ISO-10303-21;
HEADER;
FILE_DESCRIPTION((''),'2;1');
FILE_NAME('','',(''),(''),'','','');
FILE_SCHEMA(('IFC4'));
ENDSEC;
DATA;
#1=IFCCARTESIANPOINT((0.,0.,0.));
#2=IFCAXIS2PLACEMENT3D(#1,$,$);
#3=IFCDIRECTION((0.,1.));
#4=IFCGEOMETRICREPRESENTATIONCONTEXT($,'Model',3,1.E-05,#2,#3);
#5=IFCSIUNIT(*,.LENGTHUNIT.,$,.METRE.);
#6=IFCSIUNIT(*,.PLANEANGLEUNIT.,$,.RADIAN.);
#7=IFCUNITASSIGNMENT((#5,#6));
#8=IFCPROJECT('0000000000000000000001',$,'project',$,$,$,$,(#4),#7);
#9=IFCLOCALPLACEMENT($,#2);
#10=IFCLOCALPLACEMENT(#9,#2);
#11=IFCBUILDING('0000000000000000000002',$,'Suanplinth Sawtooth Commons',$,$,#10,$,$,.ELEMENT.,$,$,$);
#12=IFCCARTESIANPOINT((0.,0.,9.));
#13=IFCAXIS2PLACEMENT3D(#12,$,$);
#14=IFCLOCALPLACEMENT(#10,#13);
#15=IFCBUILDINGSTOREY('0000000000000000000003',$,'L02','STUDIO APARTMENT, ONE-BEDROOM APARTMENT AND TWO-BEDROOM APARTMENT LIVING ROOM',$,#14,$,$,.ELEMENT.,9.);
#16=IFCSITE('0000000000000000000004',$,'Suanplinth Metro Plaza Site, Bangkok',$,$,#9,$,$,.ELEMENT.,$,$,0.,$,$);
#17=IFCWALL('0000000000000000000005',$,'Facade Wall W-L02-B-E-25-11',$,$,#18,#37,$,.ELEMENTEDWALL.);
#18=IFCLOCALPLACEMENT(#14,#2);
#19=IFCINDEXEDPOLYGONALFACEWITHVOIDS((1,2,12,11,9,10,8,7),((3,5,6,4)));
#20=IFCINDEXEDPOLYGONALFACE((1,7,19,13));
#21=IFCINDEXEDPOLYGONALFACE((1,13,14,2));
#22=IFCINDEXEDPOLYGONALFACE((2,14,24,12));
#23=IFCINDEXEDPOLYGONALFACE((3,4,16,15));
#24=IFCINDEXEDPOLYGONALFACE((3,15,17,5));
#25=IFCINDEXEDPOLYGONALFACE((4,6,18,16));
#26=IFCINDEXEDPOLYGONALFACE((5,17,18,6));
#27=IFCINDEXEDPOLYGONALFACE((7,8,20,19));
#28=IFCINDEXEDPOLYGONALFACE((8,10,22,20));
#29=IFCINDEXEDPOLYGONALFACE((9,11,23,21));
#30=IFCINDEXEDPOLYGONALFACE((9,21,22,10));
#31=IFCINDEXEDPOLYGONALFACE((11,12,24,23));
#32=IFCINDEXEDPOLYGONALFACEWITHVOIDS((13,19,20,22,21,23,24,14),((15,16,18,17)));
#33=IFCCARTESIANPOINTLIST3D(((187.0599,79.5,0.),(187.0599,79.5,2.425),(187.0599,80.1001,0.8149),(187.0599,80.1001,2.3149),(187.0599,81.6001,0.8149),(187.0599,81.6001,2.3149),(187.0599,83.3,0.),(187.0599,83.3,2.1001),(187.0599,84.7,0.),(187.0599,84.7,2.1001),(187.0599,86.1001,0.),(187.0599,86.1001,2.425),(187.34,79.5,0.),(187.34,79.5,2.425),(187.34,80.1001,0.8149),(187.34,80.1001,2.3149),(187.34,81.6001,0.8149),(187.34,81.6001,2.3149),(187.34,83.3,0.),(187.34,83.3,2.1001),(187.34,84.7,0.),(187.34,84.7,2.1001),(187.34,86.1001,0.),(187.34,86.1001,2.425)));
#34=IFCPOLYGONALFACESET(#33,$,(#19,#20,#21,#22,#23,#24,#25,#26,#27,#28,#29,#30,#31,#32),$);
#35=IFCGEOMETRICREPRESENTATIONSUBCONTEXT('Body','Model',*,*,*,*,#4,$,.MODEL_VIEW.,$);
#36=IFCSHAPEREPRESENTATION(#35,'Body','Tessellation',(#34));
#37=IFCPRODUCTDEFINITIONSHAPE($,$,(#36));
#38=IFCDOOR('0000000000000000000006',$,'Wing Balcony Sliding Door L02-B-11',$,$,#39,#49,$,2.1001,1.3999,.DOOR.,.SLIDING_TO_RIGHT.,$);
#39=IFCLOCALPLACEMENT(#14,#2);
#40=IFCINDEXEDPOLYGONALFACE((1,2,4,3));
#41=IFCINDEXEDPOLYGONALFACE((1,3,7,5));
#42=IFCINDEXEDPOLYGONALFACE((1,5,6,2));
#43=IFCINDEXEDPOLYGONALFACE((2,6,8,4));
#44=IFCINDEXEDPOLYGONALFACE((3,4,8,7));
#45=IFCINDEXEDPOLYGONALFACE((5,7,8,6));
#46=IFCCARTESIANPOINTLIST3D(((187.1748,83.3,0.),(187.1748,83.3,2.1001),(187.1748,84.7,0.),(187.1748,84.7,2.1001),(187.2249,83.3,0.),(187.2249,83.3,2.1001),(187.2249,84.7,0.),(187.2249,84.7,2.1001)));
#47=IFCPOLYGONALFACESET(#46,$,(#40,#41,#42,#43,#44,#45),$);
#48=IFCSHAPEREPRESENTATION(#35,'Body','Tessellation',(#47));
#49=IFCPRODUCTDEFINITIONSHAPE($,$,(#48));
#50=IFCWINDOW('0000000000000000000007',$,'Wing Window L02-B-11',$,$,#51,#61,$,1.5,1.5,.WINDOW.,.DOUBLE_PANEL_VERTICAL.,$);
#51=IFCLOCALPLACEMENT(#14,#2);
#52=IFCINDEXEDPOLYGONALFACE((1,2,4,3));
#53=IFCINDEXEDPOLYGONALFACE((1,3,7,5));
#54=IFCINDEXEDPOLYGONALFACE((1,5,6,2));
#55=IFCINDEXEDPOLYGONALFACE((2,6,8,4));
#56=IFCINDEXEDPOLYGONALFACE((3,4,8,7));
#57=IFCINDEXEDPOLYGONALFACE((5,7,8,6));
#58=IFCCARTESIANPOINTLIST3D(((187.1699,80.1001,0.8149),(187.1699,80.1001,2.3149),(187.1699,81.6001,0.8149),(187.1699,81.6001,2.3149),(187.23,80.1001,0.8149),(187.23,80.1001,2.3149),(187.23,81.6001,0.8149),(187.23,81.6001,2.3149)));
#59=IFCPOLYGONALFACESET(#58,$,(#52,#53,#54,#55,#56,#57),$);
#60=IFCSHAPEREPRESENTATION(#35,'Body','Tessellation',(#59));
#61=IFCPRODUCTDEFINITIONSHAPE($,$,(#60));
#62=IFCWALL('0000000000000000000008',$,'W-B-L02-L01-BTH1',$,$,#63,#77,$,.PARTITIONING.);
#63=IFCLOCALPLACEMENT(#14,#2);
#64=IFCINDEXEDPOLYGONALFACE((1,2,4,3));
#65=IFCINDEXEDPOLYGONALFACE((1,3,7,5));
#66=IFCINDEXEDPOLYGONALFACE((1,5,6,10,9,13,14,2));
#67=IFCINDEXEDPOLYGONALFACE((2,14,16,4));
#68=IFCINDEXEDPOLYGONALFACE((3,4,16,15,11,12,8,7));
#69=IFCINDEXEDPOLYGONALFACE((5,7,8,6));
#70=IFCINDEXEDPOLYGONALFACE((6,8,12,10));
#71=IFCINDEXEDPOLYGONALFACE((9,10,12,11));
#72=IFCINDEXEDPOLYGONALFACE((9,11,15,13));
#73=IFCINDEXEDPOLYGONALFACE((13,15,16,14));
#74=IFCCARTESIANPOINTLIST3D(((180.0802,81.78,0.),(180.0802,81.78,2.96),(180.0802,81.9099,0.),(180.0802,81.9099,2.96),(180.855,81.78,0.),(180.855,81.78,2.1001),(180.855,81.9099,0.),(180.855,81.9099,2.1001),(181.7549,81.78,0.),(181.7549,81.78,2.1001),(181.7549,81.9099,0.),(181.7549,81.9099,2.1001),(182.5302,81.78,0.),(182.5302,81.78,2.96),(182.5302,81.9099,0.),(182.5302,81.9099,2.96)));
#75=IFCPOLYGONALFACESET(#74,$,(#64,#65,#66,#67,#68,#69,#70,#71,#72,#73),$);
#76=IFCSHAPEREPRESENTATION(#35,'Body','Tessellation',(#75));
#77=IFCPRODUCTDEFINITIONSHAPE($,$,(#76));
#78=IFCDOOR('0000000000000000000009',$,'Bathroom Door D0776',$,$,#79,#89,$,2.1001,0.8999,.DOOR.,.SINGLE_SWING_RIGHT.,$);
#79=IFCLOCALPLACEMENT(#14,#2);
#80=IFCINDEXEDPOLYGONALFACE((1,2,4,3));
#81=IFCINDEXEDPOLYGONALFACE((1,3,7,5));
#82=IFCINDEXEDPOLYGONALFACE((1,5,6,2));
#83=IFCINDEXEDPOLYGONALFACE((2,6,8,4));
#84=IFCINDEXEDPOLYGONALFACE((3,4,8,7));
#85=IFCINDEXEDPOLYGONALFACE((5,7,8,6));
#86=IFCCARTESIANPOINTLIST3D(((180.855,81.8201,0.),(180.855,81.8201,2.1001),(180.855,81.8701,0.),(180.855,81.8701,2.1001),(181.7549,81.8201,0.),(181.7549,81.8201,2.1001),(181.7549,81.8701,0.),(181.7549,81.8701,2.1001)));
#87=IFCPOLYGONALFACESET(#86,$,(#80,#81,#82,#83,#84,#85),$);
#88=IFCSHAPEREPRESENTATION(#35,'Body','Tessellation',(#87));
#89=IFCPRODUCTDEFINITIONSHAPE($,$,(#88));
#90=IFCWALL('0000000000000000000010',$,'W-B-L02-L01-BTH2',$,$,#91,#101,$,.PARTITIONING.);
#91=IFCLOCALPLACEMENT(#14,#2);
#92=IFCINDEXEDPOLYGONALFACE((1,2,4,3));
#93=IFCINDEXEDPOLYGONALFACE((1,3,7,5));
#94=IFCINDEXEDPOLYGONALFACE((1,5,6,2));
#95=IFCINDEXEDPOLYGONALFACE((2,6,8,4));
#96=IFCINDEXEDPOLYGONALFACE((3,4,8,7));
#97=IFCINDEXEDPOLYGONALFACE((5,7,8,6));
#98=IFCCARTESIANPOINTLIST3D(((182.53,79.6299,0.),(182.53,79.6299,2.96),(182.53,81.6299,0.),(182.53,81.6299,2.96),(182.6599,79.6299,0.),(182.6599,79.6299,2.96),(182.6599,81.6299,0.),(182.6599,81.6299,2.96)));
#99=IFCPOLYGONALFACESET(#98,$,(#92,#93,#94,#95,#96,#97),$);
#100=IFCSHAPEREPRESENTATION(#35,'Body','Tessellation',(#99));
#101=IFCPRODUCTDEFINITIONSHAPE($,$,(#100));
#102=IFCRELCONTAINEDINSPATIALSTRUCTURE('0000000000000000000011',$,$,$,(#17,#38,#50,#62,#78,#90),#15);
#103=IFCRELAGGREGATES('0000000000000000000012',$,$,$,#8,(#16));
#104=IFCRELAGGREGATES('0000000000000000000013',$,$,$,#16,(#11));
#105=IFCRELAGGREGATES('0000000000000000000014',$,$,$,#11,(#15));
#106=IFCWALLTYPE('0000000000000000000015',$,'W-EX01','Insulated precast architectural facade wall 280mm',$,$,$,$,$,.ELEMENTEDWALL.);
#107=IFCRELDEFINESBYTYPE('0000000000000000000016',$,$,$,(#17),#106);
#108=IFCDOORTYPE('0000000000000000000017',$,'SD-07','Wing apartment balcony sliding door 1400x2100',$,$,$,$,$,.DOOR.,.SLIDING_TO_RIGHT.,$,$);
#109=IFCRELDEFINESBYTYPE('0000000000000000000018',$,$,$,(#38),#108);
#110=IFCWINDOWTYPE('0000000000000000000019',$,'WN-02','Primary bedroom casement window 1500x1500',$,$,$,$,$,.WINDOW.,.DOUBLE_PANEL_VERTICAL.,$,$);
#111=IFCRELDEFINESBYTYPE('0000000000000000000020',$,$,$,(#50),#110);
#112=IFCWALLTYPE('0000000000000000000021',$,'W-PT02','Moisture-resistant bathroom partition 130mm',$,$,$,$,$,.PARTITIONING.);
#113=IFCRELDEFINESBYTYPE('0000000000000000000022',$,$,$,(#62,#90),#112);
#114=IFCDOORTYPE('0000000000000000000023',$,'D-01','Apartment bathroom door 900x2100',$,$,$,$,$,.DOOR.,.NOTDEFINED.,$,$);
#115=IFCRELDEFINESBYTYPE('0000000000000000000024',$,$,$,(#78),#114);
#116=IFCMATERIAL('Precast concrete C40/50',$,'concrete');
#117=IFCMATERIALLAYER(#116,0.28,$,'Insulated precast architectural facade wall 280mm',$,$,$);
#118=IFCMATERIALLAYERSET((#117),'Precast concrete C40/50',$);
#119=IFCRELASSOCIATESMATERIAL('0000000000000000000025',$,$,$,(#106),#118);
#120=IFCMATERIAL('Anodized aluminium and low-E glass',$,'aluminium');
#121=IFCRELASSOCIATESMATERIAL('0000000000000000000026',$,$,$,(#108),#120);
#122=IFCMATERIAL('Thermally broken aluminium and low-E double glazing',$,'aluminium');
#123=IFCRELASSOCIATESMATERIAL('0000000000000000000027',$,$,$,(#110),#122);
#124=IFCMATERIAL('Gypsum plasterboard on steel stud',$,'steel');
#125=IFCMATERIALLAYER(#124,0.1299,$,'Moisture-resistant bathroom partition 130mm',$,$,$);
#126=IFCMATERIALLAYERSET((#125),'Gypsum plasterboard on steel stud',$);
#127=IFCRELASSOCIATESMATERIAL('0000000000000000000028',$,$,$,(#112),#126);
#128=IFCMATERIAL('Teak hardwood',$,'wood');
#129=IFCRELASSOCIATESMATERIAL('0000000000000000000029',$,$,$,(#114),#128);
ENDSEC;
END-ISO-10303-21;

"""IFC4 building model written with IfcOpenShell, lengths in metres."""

from ifc_helpers import new_model, si_unit, direction, frame, frame_2d, origin, place, context, subcontext, project, spatial, rectangle, extrude, material, layer, layer_set, type_object, element, fill, save


model = new_model("IFC4")

# Units and contexts
model_context = context("Model", 3, precision=1e-05, world=origin(), true_north=direction((0.0, 1.0)))
body_context = subcontext(model_context, "Body", "Model", "MODEL_VIEW")
ifc_project = project(units=[si_unit("LENGTHUNIT", "METRE"), si_unit("PLANEANGLEUNIT", "RADIAN")], contexts=[model_context])

# Site, building, storey
site_placement = place(None, origin())
site = spatial("IfcSite", under=ifc_project, at=site_placement, Name="Suanplinth Metro Plaza Site, Bangkok", CompositionType="ELEMENT", RefElevation=0.0)
building_placement = place(site_placement, origin())
building = spatial("IfcBuilding", under=site, at=building_placement, Name="Suanplinth Sawtooth Commons", CompositionType="ELEMENT")
storey_placement = place(building_placement, frame((0.0, 0.0, 9.0)))
storey = spatial("IfcBuildingStorey", under=building, at=storey_placement, Name="L02", Description="STUDIO APARTMENT, ONE-BEDROOM APARTMENT AND TWO-BEDROOM APARTMENT LIVING ROOM", CompositionType="ELEMENT", Elevation=9.0)

# Shared definitions
ifc_material_1 = material(Name="Precast concrete C40/50", Category="concrete")

# Shared definitions
ifc_layer_1 = layer(ifc_material_1, 0.28, Name="Insulated precast architectural facade wall 280mm")
ifc_layer_set_1 = layer_set([ifc_layer_1], Name="Precast concrete C40/50")
wall_type_1 = type_object("IfcWallType", Name="W-EX01", Description="Insulated precast architectural facade wall 280mm", PredefinedType="ELEMENTEDWALL", material=ifc_layer_set_1)
ifc_material_2 = material(Name="Anodized aluminium and low-E glass", Category="aluminium")
door_type_1 = type_object("IfcDoorType", Name="SD-07", Description="Wing apartment balcony sliding door 1400x2100", OperationType="SLIDING_TO_RIGHT", PredefinedType="DOOR", material=ifc_material_2)

# Wall, openings, door, window
wall_1_placement = place(storey_placement, frame((187.2, 79.5, 0.0), z_axis=(0.0, 0.0, 1.0), x_axis=(0.0, 1.0, 0.0)))
wall_1 = element("IfcWall", 1, at=wall_1_placement, inside=storey, type_object=wall_type_1, Name="Facade Wall W-L02-B-E-25-11", PredefinedType="ELEMENTEDWALL", context=body_context, shape_type="SweptSolid", body=[
    extrude(rectangle(XDim=6.6001, YDim=0.28, at=frame_2d((3.3, 0.0))), origin(), (0.0, 0.0, 1.0), 2.425),
])
opening_1_placement = place(wall_1_placement, frame((3.8, 0.0, 0.0)))
opening_1 = element("IfcOpeningElement", 2, at=opening_1_placement, cuts=wall_1, PredefinedType="OPENING", context=body_context, shape_type="SweptSolid", body=[
    extrude(rectangle(XDim=1.3999, YDim=2.1001, at=frame_2d((0.7, 1.05))), frame((0.0, 0.1548, 0.0), z_axis=(0.0, -1.0, 0.0), x_axis=(1.0, 0.0, 0.0)), (0.0, 0.0, 1.0), 0.3098),
])
opening_2_placement = place(wall_1_placement, frame((0.6001, 0.0, 0.8149)))
opening_2 = element("IfcOpeningElement", 3, at=opening_2_placement, cuts=wall_1, PredefinedType="OPENING", context=body_context, shape_type="SweptSolid", body=[
    extrude(rectangle(XDim=1.5, YDim=1.5, at=frame_2d((0.75, 0.75))), frame((0.0, 0.1548, 0.0), z_axis=(0.0, -1.0, 0.0), x_axis=(1.0, 0.0, 0.0)), (0.0, 0.0, 1.0), 0.3098),
])
door_1_placement = place(opening_1_placement, frame((1.3999, 0.0, 0.0), z_axis=(0.0, 0.0, 1.0), x_axis=(-1.0, 0.0, 0.0)))
door_1 = element("IfcDoor", 4, at=door_1_placement, inside=storey, type_object=door_type_1, Name="Wing Balcony Sliding Door L02-B-11", OperationType="SLIDING_TO_RIGHT", OverallHeight=2.1001, OverallWidth=1.3999, PredefinedType="DOOR", context=body_context, shape_type="SweptSolid", body=[
    extrude(rectangle(XDim=1.3999, YDim=2.1001, at=frame_2d((0.7, 1.05))), frame((0.0, 0.0249, 0.0), z_axis=(0.0, -1.0, 0.0), x_axis=(1.0, 0.0, 0.0)), (0.0, 0.0, 1.0), 0.05),
])
fill(opening_1, door_1)
ifc_material_3 = material(Name="Thermally broken aluminium and low-E double glazing", Category="aluminium")
window_type = type_object("IfcWindowType", Name="WN-02", Description="Primary bedroom casement window 1500x1500", PartitioningType="DOUBLE_PANEL_VERTICAL", PredefinedType="WINDOW", material=ifc_material_3)
window_placement = place(opening_2_placement, origin())
window = element("IfcWindow", 5, at=window_placement, inside=storey, type_object=window_type, Name="Wing Window L02-B-11", OverallHeight=1.5, OverallWidth=1.5, PartitioningType="DOUBLE_PANEL_VERTICAL", PredefinedType="WINDOW", context=body_context, shape_type="SweptSolid", body=[
    extrude(rectangle(XDim=1.5, YDim=1.5, at=frame_2d((0.75, 0.75))), frame((0.0, 0.03, 0.0), z_axis=(0.0, -1.0, 0.0), x_axis=(1.0, 0.0, 0.0)), (0.0, 0.0, 1.0), 0.0601),
])
fill(opening_2, window)

# Wall, opening, door
ifc_material_4 = material(Name="Gypsum plasterboard on steel stud", Category="steel")
ifc_layer_2 = layer(ifc_material_4, 0.1299, Name="Moisture-resistant bathroom partition 130mm")
ifc_layer_set_2 = layer_set([ifc_layer_2], Name="Gypsum plasterboard on steel stud")
wall_type_2 = type_object("IfcWallType", Name="W-PT02", Description="Moisture-resistant bathroom partition 130mm", PredefinedType="PARTITIONING", material=ifc_layer_set_2)
wall_2_placement = place(storey_placement, frame((180.0801, 81.845, 0.0), z_axis=(0.0, 0.0, 1.0), x_axis=(1.0, 0.0, 0.0)))
wall_2 = element("IfcWall", 6, at=wall_2_placement, inside=storey, type_object=wall_type_2, Name="W-B-L02-L01-BTH1", PredefinedType="PARTITIONING", context=body_context, shape_type="SweptSolid", body=[
    extrude(rectangle(XDim=2.45, YDim=0.1299, at=frame_2d((1.2251, 0.0))), origin(), (0.0, 0.0, 1.0), 2.96),
])
opening_3_placement = place(wall_2_placement, frame((0.7749, 0.0, 0.0)))
opening_3 = element("IfcOpeningElement", 7, at=opening_3_placement, cuts=wall_2, PredefinedType="OPENING", context=body_context, shape_type="SweptSolid", body=[
    extrude(rectangle(XDim=0.8999, YDim=2.1001, at=frame_2d((0.45, 1.05))), frame((0.0, 0.0798, 0.0), z_axis=(0.0, -1.0, 0.0), x_axis=(1.0, 0.0, 0.0)), (0.0, 0.0, 1.0), 0.1597),
])
ifc_material_5 = material(Name="Teak hardwood", Category="wood")
door_type_2 = type_object("IfcDoorType", Name="D-01", Description="Apartment bathroom door 900x2100", OperationType="NOTDEFINED", PredefinedType="DOOR", material=ifc_material_5)
door_2_placement = place(opening_3_placement, frame((0.8999, 0.0, 0.0), z_axis=(0.0, 0.0, 1.0), x_axis=(-1.0, 0.0, 0.0)))
door_2 = element("IfcDoor", 8, at=door_2_placement, inside=storey, type_object=door_type_2, Name="Bathroom Door D0776", OperationType="SINGLE_SWING_RIGHT", OverallHeight=2.1001, OverallWidth=0.8999, PredefinedType="DOOR", context=body_context, shape_type="SweptSolid", body=[
    extrude(rectangle(XDim=0.8999, YDim=2.1001, at=frame_2d((0.45, 1.05))), frame((0.0, 0.0249, 0.0), z_axis=(0.0, -1.0, 0.0), x_axis=(1.0, 0.0, 0.0)), (0.0, 0.0, 1.0), 0.05),
])
fill(opening_3, door_2)

# Wall
wall_3_placement = place(storey_placement, frame((182.595, 79.6299, 0.0), z_axis=(0.0, 0.0, 1.0), x_axis=(0.0, 1.0, 0.0)))
element("IfcWall", 9, at=wall_3_placement, inside=storey, type_object=wall_type_2, Name="W-B-L02-L01-BTH2", PredefinedType="PARTITIONING", context=body_context, shape_type="SweptSolid", body=[
    extrude(rectangle(XDim=2.0, YDim=0.1299, at=frame_2d((1.0, 0.0))), origin(), (0.0, 0.0, 1.0), 2.96),
])

save(model, "model.ifc")
